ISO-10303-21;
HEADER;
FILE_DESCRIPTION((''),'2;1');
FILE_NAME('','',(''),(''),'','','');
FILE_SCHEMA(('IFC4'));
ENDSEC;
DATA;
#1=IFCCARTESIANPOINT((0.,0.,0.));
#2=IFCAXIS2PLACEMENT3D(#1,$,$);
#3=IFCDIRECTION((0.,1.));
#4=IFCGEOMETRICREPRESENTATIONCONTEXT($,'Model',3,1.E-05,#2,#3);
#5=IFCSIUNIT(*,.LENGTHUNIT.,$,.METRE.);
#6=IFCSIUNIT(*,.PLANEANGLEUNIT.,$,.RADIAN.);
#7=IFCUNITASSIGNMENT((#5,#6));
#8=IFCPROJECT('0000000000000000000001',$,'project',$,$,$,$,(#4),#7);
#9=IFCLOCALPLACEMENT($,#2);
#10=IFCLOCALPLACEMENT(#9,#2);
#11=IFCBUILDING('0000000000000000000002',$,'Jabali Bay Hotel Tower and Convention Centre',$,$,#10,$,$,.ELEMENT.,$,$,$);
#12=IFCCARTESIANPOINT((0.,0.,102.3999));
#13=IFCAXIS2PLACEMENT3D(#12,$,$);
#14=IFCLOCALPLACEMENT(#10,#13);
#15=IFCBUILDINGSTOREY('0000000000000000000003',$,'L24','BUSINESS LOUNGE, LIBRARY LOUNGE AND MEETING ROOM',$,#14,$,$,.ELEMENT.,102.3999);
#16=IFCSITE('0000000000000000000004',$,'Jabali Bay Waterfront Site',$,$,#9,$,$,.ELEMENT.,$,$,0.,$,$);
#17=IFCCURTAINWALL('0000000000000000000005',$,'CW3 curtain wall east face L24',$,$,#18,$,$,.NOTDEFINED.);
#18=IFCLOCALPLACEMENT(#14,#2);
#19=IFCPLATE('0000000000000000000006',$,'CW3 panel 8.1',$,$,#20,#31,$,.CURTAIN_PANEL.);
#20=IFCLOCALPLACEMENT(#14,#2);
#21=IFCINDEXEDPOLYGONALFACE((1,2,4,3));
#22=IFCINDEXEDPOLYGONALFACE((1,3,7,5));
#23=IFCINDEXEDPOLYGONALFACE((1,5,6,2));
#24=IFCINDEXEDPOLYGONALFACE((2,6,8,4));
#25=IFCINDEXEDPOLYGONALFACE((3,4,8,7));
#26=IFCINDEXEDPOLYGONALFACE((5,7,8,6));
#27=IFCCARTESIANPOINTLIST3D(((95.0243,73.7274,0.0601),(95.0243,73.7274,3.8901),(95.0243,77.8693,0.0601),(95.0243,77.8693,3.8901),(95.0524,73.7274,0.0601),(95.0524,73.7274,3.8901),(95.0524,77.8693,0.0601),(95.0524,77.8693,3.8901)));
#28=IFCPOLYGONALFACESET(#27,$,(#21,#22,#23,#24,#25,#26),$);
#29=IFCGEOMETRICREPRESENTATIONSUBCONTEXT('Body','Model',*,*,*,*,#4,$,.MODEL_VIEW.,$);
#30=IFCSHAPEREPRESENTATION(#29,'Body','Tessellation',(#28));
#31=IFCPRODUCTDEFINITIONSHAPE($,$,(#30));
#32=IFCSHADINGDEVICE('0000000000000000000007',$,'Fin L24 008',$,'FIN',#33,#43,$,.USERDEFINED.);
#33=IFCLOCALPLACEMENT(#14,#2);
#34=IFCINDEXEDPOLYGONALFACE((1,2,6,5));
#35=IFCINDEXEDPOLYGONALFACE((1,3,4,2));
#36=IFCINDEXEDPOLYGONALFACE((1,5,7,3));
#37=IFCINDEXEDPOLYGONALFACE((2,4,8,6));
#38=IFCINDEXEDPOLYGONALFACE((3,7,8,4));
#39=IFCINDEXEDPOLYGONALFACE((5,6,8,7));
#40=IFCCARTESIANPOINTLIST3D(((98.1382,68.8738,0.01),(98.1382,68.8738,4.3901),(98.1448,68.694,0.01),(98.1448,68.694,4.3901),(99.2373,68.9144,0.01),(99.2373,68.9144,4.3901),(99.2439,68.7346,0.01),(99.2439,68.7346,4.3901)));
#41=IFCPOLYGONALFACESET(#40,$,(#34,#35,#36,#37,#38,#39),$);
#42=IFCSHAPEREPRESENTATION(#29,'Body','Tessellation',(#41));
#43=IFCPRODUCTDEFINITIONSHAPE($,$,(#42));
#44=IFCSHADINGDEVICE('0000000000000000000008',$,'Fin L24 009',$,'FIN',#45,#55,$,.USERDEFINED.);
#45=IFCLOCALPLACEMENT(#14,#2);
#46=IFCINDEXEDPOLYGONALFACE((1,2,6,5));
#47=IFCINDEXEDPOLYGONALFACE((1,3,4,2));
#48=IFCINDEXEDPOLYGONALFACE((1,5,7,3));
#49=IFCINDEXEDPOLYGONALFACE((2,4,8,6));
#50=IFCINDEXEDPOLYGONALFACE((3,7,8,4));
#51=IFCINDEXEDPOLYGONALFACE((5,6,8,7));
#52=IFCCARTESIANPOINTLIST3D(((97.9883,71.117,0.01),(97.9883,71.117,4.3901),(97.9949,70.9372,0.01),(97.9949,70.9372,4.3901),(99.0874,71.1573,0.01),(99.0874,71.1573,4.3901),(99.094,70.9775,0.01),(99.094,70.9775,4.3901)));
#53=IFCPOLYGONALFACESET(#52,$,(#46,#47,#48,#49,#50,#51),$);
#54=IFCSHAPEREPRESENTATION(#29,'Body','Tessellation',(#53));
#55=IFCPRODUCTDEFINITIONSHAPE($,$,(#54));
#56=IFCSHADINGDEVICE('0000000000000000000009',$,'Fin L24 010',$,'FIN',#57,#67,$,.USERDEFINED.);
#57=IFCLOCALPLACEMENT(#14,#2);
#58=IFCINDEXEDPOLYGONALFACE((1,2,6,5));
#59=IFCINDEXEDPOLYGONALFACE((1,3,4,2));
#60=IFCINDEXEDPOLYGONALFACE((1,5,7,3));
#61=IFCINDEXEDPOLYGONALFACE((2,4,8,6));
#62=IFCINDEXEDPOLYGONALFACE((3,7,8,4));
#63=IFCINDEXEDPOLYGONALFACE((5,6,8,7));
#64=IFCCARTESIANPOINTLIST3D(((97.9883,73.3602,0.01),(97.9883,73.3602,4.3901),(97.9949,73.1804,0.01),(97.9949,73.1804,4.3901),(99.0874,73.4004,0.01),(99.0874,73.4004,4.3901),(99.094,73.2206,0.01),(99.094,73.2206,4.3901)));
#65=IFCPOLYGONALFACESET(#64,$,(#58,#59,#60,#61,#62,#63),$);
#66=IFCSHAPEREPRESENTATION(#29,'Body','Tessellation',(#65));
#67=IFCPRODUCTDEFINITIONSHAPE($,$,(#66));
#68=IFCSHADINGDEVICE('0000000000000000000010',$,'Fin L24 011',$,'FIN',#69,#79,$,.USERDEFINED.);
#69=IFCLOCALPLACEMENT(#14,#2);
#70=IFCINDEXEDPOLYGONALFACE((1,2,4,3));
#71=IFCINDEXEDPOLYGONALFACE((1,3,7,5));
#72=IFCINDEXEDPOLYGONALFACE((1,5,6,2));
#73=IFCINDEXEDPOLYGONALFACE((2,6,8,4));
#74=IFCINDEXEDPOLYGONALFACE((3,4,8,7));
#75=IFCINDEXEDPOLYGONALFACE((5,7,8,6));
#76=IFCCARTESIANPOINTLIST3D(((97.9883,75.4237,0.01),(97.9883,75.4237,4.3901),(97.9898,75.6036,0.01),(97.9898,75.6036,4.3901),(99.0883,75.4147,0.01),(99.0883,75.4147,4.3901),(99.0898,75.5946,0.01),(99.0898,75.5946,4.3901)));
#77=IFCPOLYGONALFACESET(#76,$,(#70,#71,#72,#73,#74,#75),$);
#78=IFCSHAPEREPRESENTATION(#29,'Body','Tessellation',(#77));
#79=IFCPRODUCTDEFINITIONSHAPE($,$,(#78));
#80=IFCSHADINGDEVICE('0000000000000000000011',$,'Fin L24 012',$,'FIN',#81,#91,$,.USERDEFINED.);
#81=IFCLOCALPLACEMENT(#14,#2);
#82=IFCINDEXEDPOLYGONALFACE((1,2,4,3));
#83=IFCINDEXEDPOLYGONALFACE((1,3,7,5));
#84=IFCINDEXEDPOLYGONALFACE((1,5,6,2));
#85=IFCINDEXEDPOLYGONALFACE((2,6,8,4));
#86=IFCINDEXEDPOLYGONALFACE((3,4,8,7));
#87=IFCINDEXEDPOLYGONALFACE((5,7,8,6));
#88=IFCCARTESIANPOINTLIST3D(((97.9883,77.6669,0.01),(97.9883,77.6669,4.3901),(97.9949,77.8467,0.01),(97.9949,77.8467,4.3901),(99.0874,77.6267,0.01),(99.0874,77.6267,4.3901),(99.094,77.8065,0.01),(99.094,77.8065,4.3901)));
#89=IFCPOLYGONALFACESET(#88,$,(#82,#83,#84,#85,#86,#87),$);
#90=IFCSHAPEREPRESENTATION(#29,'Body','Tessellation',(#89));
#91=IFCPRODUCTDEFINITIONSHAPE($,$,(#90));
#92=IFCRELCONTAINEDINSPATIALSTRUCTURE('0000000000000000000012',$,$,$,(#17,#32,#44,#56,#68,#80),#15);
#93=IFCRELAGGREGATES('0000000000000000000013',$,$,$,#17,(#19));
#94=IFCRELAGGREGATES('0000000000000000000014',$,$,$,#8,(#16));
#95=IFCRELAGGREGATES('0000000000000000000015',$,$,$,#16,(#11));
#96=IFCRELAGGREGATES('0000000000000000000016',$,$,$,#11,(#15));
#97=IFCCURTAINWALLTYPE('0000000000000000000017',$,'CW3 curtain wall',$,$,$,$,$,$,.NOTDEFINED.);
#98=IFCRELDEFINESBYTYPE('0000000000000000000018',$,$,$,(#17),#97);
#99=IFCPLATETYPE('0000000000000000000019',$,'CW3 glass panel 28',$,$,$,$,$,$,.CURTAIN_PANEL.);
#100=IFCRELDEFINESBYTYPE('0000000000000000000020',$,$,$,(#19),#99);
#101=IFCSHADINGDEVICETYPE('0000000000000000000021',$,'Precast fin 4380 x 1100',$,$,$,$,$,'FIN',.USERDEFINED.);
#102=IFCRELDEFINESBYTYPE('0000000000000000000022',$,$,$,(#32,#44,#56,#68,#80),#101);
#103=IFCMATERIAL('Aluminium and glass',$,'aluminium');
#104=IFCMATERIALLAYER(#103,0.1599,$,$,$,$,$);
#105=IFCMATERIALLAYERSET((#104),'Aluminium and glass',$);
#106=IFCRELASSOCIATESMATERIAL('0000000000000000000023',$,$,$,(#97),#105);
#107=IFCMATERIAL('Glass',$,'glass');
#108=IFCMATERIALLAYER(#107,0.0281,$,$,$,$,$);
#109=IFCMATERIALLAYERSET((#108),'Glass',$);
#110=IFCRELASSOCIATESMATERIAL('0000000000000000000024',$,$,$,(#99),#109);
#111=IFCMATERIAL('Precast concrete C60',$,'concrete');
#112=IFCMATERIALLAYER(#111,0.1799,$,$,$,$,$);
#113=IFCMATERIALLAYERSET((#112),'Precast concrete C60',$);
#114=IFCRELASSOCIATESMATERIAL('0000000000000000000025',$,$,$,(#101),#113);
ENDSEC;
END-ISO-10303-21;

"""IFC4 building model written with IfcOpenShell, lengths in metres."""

from ifc_helpers import new_model, si_unit, direction, frame, frame_2d, origin, origin_2d, place, context, subcontext, project, spatial, rectangle, extrude, material, layer, layer_set, type_object, element, aggregate, save


model = new_model("IFC4")

# Units and contexts
model_context = context("Model", 3, precision=1e-05, world=origin(), true_north=direction((0.0, 1.0)))
body_context = subcontext(model_context, "Body", "Model", "MODEL_VIEW")
ifc_project = project(units=[si_unit("LENGTHUNIT", "METRE"), si_unit("PLANEANGLEUNIT", "RADIAN")], contexts=[model_context])

# Site, building, storey
site_placement = place(None, origin())
site = spatial("IfcSite", under=ifc_project, at=site_placement, Name="Jabali Bay Waterfront Site", CompositionType="ELEMENT", RefElevation=0.0)
building_placement = place(site_placement, origin())
building = spatial("IfcBuilding", under=site, at=building_placement, Name="Jabali Bay Hotel Tower and Convention Centre", CompositionType="ELEMENT")
storey_placement = place(building_placement, frame((0.0, 0.0, 102.3999)))
storey = spatial("IfcBuildingStorey", under=building, at=storey_placement, Name="L24", Description="BUSINESS LOUNGE, LIBRARY LOUNGE AND MEETING ROOM", CompositionType="ELEMENT", Elevation=102.3999)

# Curtain wall, plate
ifc_material_1 = material(Name="Aluminium and glass", Category="aluminium")
ifc_layer_1 = layer(ifc_material_1, 0.1599)
ifc_layer_set_1 = layer_set([ifc_layer_1], Name="Aluminium and glass")
curtain_wall_type = type_object("IfcCurtainWallType", Name="CW3 curtain wall", PredefinedType="NOTDEFINED", material=ifc_layer_set_1)
curtain_wall_placement = place(storey_placement, origin())
curtain_wall = element("IfcCurtainWall", 1, at=curtain_wall_placement, inside=storey, type_object=curtain_wall_type, Name="CW3 curtain wall east face L24", PredefinedType="NOTDEFINED")
ifc_material_2 = material(Name="Glass", Category="glass")
ifc_layer_2 = layer(ifc_material_2, 0.0281)
ifc_layer_set_2 = layer_set([ifc_layer_2], Name="Glass")
plate_type = type_object("IfcPlateType", Name="CW3 glass panel 28", PredefinedType="CURTAIN_PANEL", material=ifc_layer_set_2)
plate_placement = place(storey_placement, frame((95.0383, 75.7983, 0.0601), z_axis=(0.0, 0.0, 1.0), x_axis=(0.0, -1.0, 0.0)))
plate = element("IfcPlate", 2, at=plate_placement, type_object=plate_type, Name="CW3 panel 8.1", PredefinedType="CURTAIN_PANEL", context=body_context, shape_type="SweptSolid", body=[
    extrude(rectangle(XDim=4.1418, YDim=0.0281, at=origin_2d()), origin(), (0.0, 0.0, 1.0), 3.8301),
])
aggregate(curtain_wall, [plate])

# Shading devices
ifc_material_3 = material(Name="Precast concrete C60", Category="concrete")
ifc_layer_3 = layer(ifc_material_3, 0.1799)
ifc_layer_set_3 = layer_set([ifc_layer_3], Name="Precast concrete C60")
shading_device_type = type_object("IfcShadingDeviceType", Name="Precast fin 4380 x 1100", ElementType="FIN", PredefinedType="USERDEFINED", material=ifc_layer_set_3)
for number, where, z_axis, x_axis, name in (
    (3, (98.1416, 68.7839, 0.01), (0.0, 0.0, 1.0), (0.999321, 0.036847, 0.0), "Fin L24 008"),
    (4, (97.9917, 71.0271, 0.01), (0.0, 0.0, 1.0), (0.999329, 0.036626, 0.0), "Fin L24 009"),
    (5, (97.9917, 73.2703, 0.01), (0.0, 0.0, 1.0), (0.999329, 0.036626, 0.0), "Fin L24 010"),
):
    element("IfcShadingDevice", number, at=place(storey_placement, frame(where, z_axis=z_axis, x_axis=x_axis)), inside=storey, type_object=shading_device_type, Name=name, ObjectType="FIN", PredefinedType="USERDEFINED", context=body_context, shape_type="SweptSolid", body=[
        extrude(rectangle(XDim=1.0999, YDim=0.1799, at=frame_2d((0.5498, 0.0))), origin(), (0.0, 0.0, 1.0), 4.3801),
    ])
shading_device_1_placement = place(storey_placement, frame((97.989, 75.5137, 0.01), z_axis=(0.0, 0.0, 1.0), x_axis=(0.999966, -0.008211, 0.0)))
element("IfcShadingDevice", 6, at=shading_device_1_placement, inside=storey, type_object=shading_device_type, Name="Fin L24 011", ObjectType="FIN", PredefinedType="USERDEFINED", context=body_context, shape_type="SweptSolid", body=[
    extrude(rectangle(XDim=1.1001, YDim=0.1799, at=frame_2d((0.55, 0.0))), origin(), (0.0, 0.0, 1.0), 4.3801),
])
shading_device_2_placement = place(storey_placement, frame((97.9917, 77.7568, 0.01), z_axis=(0.0, 0.0, 1.0), x_axis=(0.999329, -0.036626, 0.0)))
element("IfcShadingDevice", 7, at=shading_device_2_placement, inside=storey, type_object=shading_device_type, Name="Fin L24 012", ObjectType="FIN", PredefinedType="USERDEFINED", context=body_context, shape_type="SweptSolid", body=[
    extrude(rectangle(XDim=1.0999, YDim=0.1799, at=frame_2d((0.5498, 0.0))), origin(), (0.0, 0.0, 1.0), 4.3801),
])

save(model, "model.ifc")
